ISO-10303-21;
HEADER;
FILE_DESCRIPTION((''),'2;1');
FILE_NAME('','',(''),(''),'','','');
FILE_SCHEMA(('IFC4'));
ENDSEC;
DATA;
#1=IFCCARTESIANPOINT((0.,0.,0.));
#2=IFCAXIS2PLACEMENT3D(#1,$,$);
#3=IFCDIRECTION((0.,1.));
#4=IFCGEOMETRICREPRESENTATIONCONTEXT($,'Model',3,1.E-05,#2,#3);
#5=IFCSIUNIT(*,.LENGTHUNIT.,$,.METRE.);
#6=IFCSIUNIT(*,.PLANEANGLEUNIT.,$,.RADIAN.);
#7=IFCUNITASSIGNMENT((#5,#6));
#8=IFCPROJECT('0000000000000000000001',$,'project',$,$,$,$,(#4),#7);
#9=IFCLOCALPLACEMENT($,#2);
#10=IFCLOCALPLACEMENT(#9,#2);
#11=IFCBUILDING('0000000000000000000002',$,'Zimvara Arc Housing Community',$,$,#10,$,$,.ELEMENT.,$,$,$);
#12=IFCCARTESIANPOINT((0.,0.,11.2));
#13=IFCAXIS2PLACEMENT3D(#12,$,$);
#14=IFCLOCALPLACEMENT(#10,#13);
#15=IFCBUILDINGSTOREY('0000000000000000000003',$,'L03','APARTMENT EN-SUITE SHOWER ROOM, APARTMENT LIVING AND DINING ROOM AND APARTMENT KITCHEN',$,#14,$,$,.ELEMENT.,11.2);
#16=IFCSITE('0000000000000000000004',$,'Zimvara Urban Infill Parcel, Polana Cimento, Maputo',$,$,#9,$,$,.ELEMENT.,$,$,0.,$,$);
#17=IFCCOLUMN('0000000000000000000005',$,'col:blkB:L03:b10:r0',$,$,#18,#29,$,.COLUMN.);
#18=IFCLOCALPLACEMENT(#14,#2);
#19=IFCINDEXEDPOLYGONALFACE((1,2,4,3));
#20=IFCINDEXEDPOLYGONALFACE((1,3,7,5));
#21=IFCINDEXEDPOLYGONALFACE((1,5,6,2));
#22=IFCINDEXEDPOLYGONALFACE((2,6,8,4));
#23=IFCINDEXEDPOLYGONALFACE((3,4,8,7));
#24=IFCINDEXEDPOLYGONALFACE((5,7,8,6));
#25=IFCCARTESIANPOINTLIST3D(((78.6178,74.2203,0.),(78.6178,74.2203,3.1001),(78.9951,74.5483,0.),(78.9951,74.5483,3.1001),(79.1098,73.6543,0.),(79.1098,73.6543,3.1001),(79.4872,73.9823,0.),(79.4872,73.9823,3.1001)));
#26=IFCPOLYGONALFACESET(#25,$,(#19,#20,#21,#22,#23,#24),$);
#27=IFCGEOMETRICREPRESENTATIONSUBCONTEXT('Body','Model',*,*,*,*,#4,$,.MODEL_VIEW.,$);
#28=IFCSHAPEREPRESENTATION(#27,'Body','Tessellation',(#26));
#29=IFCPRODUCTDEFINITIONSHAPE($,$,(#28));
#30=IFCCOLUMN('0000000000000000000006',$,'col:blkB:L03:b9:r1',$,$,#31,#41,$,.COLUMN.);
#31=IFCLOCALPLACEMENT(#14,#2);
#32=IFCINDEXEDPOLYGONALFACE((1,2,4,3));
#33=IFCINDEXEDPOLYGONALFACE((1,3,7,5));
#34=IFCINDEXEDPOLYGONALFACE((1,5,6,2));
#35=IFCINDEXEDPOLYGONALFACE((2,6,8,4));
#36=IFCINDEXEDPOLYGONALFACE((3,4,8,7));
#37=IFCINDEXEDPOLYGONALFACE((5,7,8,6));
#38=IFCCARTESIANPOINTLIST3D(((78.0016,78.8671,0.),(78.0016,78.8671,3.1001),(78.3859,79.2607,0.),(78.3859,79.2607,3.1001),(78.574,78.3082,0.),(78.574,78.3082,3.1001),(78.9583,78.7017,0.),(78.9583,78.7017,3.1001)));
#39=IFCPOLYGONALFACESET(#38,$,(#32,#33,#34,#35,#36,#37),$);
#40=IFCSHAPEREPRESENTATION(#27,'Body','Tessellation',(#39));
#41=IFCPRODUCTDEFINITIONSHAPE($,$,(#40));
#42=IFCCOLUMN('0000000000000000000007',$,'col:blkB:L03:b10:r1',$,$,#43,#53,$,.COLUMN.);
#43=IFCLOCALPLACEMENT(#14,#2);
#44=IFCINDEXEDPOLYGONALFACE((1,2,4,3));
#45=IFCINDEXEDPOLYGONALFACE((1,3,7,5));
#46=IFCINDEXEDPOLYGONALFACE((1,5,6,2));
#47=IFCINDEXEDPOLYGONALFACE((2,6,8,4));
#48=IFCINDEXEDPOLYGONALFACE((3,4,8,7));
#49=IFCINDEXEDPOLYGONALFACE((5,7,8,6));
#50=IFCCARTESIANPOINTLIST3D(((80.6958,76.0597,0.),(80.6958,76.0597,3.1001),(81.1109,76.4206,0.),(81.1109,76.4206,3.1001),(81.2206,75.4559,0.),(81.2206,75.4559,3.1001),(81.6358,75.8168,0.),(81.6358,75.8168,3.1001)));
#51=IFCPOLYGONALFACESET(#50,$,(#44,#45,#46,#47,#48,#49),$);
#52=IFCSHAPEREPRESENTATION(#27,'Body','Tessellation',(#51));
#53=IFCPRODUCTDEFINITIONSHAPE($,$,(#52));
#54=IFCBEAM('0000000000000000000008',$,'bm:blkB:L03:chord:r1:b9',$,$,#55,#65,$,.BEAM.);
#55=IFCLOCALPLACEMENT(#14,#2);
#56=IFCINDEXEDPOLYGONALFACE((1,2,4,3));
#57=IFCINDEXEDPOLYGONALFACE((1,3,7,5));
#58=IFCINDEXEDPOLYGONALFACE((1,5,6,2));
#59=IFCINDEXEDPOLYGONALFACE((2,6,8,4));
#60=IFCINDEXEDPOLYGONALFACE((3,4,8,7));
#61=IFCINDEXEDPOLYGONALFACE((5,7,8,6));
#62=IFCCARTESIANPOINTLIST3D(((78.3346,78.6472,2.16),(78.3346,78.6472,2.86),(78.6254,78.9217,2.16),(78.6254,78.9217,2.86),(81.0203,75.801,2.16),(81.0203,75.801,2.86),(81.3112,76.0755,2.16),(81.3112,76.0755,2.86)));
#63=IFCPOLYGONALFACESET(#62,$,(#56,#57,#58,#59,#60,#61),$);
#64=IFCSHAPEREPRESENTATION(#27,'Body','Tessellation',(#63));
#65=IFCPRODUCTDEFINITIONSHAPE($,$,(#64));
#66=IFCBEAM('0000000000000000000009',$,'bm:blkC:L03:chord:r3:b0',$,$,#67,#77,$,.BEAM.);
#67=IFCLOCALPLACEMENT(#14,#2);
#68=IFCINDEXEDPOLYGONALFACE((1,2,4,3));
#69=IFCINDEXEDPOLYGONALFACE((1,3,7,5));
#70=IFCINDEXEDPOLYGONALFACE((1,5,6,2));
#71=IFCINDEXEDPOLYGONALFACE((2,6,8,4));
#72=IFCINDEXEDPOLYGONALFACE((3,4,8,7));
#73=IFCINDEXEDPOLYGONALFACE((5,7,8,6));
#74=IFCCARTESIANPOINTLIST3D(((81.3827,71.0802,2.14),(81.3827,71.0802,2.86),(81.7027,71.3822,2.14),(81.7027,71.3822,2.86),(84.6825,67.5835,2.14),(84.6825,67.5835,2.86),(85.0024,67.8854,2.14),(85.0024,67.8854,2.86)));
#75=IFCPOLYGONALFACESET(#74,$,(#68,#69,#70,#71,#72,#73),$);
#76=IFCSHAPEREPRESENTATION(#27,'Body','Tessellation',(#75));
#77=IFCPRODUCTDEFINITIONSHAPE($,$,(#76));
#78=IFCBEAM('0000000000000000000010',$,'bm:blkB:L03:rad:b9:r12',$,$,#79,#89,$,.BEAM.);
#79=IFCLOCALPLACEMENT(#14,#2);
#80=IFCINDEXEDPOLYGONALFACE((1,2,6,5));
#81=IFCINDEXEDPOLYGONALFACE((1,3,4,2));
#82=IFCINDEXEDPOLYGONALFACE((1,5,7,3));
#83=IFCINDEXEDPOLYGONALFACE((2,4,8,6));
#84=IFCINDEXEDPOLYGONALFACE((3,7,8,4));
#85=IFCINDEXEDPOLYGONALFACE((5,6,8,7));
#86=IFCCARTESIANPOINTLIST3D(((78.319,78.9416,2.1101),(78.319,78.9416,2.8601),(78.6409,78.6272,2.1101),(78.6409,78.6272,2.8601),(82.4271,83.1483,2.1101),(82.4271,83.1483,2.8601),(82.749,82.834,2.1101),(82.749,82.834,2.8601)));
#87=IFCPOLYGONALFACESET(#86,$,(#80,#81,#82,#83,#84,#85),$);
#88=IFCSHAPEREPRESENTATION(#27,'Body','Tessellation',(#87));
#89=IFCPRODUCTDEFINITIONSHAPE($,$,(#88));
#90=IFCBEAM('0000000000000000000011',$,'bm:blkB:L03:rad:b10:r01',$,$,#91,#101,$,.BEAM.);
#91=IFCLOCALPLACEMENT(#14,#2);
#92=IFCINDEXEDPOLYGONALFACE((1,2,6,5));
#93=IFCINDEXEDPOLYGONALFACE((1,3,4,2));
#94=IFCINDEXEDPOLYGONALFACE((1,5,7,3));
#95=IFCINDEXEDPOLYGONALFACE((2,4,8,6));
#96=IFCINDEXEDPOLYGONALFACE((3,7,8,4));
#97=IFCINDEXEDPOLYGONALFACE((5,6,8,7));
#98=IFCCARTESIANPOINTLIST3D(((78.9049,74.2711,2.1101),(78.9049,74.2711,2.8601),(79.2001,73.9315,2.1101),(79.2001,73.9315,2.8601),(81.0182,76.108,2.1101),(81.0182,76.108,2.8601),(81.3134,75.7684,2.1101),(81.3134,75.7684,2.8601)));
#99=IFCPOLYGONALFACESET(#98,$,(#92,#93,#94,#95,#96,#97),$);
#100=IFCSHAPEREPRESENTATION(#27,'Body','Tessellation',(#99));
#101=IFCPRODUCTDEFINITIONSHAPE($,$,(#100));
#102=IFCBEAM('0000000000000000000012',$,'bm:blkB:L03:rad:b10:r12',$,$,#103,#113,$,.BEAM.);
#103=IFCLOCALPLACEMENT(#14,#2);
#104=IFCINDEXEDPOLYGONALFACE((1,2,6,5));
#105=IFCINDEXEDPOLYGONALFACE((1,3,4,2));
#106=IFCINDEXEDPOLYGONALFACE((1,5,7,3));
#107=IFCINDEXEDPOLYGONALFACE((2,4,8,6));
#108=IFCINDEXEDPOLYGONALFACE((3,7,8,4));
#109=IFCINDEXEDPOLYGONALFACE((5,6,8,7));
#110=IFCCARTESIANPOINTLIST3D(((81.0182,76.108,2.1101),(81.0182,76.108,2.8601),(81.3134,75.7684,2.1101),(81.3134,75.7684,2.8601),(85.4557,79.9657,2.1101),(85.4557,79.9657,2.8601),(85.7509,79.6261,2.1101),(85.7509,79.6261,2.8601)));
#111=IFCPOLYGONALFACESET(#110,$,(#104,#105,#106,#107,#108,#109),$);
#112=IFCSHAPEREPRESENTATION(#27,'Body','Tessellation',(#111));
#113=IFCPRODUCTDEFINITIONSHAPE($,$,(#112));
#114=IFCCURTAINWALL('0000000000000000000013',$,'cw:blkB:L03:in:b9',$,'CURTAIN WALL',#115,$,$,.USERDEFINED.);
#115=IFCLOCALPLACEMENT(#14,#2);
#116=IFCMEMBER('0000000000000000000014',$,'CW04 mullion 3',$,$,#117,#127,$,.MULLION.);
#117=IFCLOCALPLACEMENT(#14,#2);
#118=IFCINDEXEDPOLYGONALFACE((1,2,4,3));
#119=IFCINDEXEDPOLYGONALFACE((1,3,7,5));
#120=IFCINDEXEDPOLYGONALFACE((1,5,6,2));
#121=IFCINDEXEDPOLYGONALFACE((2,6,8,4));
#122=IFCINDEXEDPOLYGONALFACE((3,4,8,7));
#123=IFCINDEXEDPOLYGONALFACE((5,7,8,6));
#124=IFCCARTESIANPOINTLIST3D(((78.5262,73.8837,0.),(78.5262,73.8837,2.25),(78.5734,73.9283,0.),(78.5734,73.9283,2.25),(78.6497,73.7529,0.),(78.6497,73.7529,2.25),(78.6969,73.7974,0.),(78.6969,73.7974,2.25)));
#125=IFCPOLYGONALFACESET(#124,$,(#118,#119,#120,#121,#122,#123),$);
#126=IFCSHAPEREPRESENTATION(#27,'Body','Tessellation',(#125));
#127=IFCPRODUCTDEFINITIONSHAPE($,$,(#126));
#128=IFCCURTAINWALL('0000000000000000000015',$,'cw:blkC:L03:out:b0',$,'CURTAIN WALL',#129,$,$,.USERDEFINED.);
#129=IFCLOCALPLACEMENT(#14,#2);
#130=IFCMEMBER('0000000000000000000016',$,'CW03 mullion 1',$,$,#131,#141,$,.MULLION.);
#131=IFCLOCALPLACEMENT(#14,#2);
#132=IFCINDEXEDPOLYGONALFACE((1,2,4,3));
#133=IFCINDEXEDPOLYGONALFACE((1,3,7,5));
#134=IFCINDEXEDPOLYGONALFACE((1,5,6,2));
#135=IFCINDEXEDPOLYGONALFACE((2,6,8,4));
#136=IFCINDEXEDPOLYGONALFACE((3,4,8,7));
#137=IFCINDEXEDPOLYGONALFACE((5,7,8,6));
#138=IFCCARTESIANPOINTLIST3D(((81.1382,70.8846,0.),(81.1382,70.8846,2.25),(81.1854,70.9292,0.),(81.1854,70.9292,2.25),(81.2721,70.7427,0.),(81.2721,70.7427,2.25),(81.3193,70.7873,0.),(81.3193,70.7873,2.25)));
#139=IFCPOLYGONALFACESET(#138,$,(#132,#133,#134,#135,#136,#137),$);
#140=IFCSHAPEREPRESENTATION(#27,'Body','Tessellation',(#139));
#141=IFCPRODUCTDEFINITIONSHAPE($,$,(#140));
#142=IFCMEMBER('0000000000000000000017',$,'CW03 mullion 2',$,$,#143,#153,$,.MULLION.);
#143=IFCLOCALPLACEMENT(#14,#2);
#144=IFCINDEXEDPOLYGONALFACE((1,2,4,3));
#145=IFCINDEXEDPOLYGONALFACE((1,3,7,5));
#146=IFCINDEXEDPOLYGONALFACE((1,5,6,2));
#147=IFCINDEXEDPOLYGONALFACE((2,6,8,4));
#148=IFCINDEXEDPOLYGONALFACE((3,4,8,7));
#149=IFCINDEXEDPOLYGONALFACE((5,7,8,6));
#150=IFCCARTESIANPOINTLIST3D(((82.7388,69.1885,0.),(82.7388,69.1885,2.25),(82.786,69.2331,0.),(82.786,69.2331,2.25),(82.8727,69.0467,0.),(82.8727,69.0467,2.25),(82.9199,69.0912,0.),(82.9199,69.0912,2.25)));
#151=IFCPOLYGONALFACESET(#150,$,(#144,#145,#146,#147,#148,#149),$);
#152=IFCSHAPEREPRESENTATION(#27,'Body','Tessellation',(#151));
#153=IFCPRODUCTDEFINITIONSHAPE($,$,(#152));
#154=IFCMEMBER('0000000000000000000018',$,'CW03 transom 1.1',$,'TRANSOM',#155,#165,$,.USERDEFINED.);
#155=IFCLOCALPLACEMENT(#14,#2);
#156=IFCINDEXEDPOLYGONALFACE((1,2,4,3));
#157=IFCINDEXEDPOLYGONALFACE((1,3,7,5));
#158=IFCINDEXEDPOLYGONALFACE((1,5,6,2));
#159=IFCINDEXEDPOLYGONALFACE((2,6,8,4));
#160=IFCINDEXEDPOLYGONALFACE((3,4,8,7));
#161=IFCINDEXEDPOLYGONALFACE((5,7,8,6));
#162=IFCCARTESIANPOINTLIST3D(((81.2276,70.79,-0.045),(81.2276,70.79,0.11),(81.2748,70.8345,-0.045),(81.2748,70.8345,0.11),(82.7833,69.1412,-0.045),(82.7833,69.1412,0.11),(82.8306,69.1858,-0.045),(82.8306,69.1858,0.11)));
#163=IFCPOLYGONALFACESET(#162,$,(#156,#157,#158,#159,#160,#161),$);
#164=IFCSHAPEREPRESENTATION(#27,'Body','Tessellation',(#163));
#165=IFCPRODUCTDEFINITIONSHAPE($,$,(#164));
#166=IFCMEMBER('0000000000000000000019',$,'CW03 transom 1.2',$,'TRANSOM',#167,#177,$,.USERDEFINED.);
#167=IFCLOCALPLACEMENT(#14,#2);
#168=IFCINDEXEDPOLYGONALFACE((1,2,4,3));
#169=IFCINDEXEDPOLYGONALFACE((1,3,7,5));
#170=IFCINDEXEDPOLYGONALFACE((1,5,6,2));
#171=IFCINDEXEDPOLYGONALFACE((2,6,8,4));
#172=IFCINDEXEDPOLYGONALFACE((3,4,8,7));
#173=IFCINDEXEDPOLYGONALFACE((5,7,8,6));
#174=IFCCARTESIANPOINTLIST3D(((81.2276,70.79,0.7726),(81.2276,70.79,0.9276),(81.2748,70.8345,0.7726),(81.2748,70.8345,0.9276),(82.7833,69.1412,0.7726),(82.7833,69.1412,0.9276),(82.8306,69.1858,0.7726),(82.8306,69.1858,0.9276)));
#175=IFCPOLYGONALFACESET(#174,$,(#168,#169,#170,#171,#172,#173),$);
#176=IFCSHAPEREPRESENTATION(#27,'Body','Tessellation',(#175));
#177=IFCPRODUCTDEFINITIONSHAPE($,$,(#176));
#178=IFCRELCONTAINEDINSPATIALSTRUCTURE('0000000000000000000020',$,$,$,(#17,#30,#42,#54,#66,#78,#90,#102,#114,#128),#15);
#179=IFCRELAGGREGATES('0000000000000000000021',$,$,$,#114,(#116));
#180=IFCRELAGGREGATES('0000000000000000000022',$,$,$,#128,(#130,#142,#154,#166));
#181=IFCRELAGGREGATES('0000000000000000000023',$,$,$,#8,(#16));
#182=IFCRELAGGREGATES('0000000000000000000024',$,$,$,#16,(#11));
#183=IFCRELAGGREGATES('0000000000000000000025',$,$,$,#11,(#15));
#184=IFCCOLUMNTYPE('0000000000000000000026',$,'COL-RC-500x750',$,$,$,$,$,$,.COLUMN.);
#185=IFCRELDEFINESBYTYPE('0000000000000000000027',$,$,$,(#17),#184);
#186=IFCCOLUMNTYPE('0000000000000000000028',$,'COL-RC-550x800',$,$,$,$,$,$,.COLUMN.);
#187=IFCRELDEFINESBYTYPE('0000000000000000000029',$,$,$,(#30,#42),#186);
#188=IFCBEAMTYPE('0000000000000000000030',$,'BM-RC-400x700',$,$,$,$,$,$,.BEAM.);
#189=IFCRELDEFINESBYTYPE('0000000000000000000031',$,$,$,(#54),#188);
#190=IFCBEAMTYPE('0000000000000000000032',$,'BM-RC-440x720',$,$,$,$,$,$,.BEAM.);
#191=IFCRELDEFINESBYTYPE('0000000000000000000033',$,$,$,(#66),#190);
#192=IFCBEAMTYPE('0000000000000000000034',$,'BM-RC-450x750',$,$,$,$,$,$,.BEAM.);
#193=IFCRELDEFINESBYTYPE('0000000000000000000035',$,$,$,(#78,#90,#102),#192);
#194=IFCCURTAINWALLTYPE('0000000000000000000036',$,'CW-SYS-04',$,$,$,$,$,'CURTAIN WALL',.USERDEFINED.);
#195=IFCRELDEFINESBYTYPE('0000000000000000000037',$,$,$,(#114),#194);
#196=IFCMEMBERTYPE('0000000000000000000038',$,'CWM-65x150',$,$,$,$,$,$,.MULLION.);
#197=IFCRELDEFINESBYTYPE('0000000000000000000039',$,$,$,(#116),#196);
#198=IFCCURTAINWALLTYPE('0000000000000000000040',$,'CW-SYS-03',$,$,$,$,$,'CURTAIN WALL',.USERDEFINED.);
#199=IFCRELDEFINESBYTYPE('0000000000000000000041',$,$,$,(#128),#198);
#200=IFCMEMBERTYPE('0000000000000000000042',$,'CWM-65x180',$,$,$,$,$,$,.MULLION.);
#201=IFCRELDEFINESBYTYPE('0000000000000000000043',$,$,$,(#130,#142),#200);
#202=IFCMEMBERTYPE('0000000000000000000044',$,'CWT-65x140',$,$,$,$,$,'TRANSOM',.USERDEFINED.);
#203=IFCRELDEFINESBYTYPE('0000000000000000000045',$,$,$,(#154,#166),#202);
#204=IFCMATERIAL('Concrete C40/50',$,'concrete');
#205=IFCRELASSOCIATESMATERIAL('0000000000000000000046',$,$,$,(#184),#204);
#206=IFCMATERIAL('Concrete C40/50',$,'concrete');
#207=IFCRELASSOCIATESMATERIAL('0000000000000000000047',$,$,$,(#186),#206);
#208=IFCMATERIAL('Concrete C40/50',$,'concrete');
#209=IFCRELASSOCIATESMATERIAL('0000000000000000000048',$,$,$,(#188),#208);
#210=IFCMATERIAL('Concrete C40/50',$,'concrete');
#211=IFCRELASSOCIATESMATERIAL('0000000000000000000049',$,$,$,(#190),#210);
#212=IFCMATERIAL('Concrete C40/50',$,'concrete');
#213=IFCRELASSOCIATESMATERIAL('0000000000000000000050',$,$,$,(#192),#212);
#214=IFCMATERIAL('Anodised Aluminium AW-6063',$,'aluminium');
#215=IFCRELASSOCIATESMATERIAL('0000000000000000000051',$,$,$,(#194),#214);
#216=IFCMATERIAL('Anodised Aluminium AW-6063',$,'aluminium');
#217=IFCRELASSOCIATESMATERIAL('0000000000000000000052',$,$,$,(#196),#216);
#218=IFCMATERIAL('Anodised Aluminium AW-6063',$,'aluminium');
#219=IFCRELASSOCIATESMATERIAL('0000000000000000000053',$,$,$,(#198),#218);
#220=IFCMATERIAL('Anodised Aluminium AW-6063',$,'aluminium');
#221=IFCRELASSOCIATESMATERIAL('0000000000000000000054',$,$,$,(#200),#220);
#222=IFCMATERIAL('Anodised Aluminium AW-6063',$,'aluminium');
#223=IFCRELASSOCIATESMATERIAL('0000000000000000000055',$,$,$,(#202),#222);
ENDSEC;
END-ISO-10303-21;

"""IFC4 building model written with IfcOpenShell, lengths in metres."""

from ifc_helpers import new_model, si_unit, direction, frame, origin, origin_2d, place, context, subcontext, project, spatial, rectangle, extrude, material, material_profile, profile_set, type_object, element, aggregate, save


model = new_model("IFC4")

# Units and contexts
model_context = context("Model", 3, precision=1e-05, world=origin(), true_north=direction((0.0, 1.0)))
body_context = subcontext(model_context, "Body", "Model", "MODEL_VIEW")
ifc_project = project(units=[si_unit("LENGTHUNIT", "METRE"), si_unit("PLANEANGLEUNIT", "RADIAN")], contexts=[model_context])

# Site, building, storey
site_placement = place(None, origin())
site = spatial("IfcSite", under=ifc_project, at=site_placement, Name="Zimvara Urban Infill Parcel, Polana Cimento, Maputo", CompositionType="ELEMENT", RefElevation=0.0)
building_placement = place(site_placement, origin())
building = spatial("IfcBuilding", under=site, at=building_placement, Name="Zimvara Arc Housing Community", CompositionType="ELEMENT")
storey_placement = place(building_placement, frame((0.0, 0.0, 11.2)))
storey = spatial("IfcBuildingStorey", under=building, at=storey_placement, Name="L03", Description="APARTMENT EN-SUITE SHOWER ROOM, APARTMENT LIVING AND DINING ROOM AND APARTMENT KITCHEN", CompositionType="ELEMENT", Elevation=11.2)

# Columns
ifc_material_1 = material(Name="Concrete C40/50", Category="concrete")
ifc_material_profile_1 = material_profile(ifc_material_1, rectangle(XDim=0.5, YDim=0.75, at=origin_2d()), Name="RC 500x750")
ifc_profile_set_1 = profile_set([ifc_material_profile_1], Name="Concrete C40/50")
column_type_1 = type_object("IfcColumnType", Name="COL-RC-500x750", PredefinedType="COLUMN", material=ifc_profile_set_1)
column_1_placement = place(storey_placement, frame((79.0525, 74.1013, 0.0), z_axis=(0.0, 0.0, 1.0), x_axis=(0.75471, 0.656059, 0.0)))
element("IfcColumn", 1, at=column_1_placement, inside=storey, type_object=column_type_1, Name="col:blkB:L03:b10:r0", PredefinedType="COLUMN", context=body_context, shape_type="SweptSolid", body=[
    extrude(rectangle(XDim=0.5, YDim=0.75, at=origin_2d()), origin(), (0.0, 0.0, 1.0), 3.1001),
])
ifc_material_2 = material(Name="Concrete C40/50", Category="concrete")
ifc_material_profile_2 = material_profile(ifc_material_2, rectangle(XDim=0.55, YDim=0.8, at=origin_2d()), Name="RC 550x800")
ifc_profile_set_2 = profile_set([ifc_material_profile_2], Name="Concrete C40/50")
column_type_2 = type_object("IfcColumnType", Name="COL-RC-550x800", PredefinedType="COLUMN", material=ifc_profile_set_2)
for number, where, z_axis, x_axis, name in (
    (2, (78.48, 78.7844, 0.0), (0.0, 0.0, 1.0), (0.698665, 0.715449, 0.0), "col:blkB:L03:b9:r1"),
    (3, (81.1658, 75.9382, 0.0), (0.0, 0.0, 1.0), (0.75471, 0.656059, 0.0), "col:blkB:L03:b10:r1"),
):
    element("IfcColumn", number, at=place(storey_placement, frame(where, z_axis=z_axis, x_axis=x_axis)), inside=storey, type_object=column_type_2, Name=name, PredefinedType="COLUMN", context=body_context, shape_type="SweptSolid", body=[
        extrude(rectangle(XDim=0.55, YDim=0.8, at=origin_2d()), origin(), (0.0, 0.0, 1.0), 3.1001),
    ])

# Beams
ifc_material_3 = material(Name="Concrete C40/50", Category="concrete")
ifc_material_profile_3 = material_profile(ifc_material_3, rectangle(XDim=0.3999, YDim=0.7, at=origin_2d()), Name="RC 400x700")
ifc_profile_set_3 = profile_set([ifc_material_profile_3], Name="Concrete C40/50")
beam_type_1 = type_object("IfcBeamType", Name="BM-RC-400x700", PredefinedType="BEAM", material=ifc_profile_set_3)
beam_1_placement = place(storey_placement, frame((78.48, 78.7844, 2.51), z_axis=(0.686316, -0.727304, 0.0), x_axis=(0.727304, 0.686316, 0.0)))
element("IfcBeam", 4, at=beam_1_placement, inside=storey, type_object=beam_type_1, Name="bm:blkB:L03:chord:r1:b9", PredefinedType="BEAM", context=body_context, shape_type="SweptSolid", body=[
    extrude(rectangle(XDim=0.3999, YDim=0.7, at=origin_2d()), origin(), (0.0, 0.0, 1.0), 3.9133),
])
ifc_material_4 = material(Name="Concrete C40/50", Category="concrete")
ifc_material_profile_4 = material_profile(ifc_material_4, rectangle(XDim=0.4399, YDim=0.72, at=origin_2d()), Name="RC 440x720")
ifc_profile_set_4 = profile_set([ifc_material_profile_4], Name="Concrete C40/50")
beam_type_2 = type_object("IfcBeamType", Name="BM-RC-440x720", PredefinedType="BEAM", material=ifc_profile_set_4)
beam_2_placement = place(storey_placement, frame((81.5427, 71.2312, 2.5), z_axis=(0.686321, -0.727299, 0.0), x_axis=(0.727299, 0.686321, 0.0)))
element("IfcBeam", 5, at=beam_2_placement, inside=storey, type_object=beam_type_2, Name="bm:blkC:L03:chord:r3:b0", PredefinedType="BEAM", context=body_context, shape_type="SweptSolid", body=[
    extrude(rectangle(XDim=0.4399, YDim=0.72, at=origin_2d()), origin(), (0.0, 0.0, 1.0), 4.8079),
])
ifc_material_5 = material(Name="Concrete C40/50", Category="concrete")
ifc_material_profile_5 = material_profile(ifc_material_5, rectangle(XDim=0.45, YDim=0.75, at=origin_2d()), Name="RC 450x750")
ifc_profile_set_5 = profile_set([ifc_material_profile_5], Name="Concrete C40/50")
beam_type_3 = type_object("IfcBeamType", Name="BM-RC-450x750", PredefinedType="BEAM", material=ifc_profile_set_5)
beam_3_placement = place(storey_placement, frame((78.48, 78.7844, 2.4851), z_axis=(0.69867, 0.715444, 0.0), x_axis=(-0.715444, 0.69867, 0.0)))
element("IfcBeam", 6, at=beam_3_placement, inside=storey, type_object=beam_type_3, Name="bm:blkB:L03:rad:b9:r12", PredefinedType="BEAM", context=body_context, shape_type="SweptSolid", body=[
    extrude(rectangle(XDim=0.45, YDim=0.75, at=origin_2d()), origin(), (0.0, 0.0, 1.0), 5.8799),
])
beam_4_placement = place(storey_placement, frame((79.0525, 74.1013, 2.4851), z_axis=(0.754733, 0.656032, 0.0), x_axis=(-0.656032, 0.754733, 0.0)))
element("IfcBeam", 7, at=beam_4_placement, inside=storey, type_object=beam_type_3, Name="bm:blkB:L03:rad:b10:r01", PredefinedType="BEAM", context=body_context, shape_type="SweptSolid", body=[
    extrude(rectangle(XDim=0.45, YDim=0.75, at=origin_2d()), origin(), (0.0, 0.0, 1.0), 2.8),
])
beam_5_placement = place(storey_placement, frame((81.1658, 75.9382, 2.4851), z_axis=(0.754692, 0.656079, 0.0), x_axis=(-0.656079, 0.754692, 0.0)))
element("IfcBeam", 8, at=beam_5_placement, inside=storey, type_object=beam_type_3, Name="bm:blkB:L03:rad:b10:r12", PredefinedType="BEAM", context=body_context, shape_type="SweptSolid", body=[
    extrude(rectangle(XDim=0.45, YDim=0.75, at=origin_2d()), origin(), (0.0, 0.0, 1.0), 5.8799),
])

# Curtain wall, member
ifc_material_6 = material(Name="Anodised Aluminium AW-6063", Category="aluminium")
curtain_wall_type_1 = type_object("IfcCurtainWallType", Name="CW-SYS-04", ElementType="CURTAIN WALL", PredefinedType="USERDEFINED", material=ifc_material_6)
curtain_wall_1_placement = place(storey_placement, origin())
curtain_wall_1 = element("IfcCurtainWall", 9, at=curtain_wall_1_placement, inside=storey, type_object=curtain_wall_type_1, Name="cw:blkB:L03:in:b9", ObjectType="CURTAIN WALL", PredefinedType="USERDEFINED")
ifc_material_7 = material(Name="Anodised Aluminium AW-6063", Category="aluminium")
ifc_material_profile_6 = material_profile(ifc_material_7, rectangle(XDim=0.0649, YDim=0.1799, at=origin_2d()), Name="ALU 65x180")
ifc_profile_set_6 = profile_set([ifc_material_profile_6], Name="Anodised Aluminium AW-6063")
member_type_1 = type_object("IfcMemberType", Name="CWM-65x150", PredefinedType="MULLION", material=ifc_profile_set_6)
member_1_placement = place(storey_placement, frame((78.6116, 73.8406, 0.0), z_axis=(0.0, 0.0, 1.0), x_axis=(0.727293, 0.686327, 0.0)))
member_1 = element("IfcMember", 10, at=member_1_placement, type_object=member_type_1, Name="CW04 mullion 3", PredefinedType="MULLION", context=body_context, shape_type="SweptSolid", body=[
    extrude(rectangle(XDim=0.0649, YDim=0.1799, at=origin_2d()), origin(), (0.0, 0.0, 1.0), 2.25),
])

# Curtain wall, members
ifc_material_8 = material(Name="Anodised Aluminium AW-6063", Category="aluminium")
curtain_wall_type_2 = type_object("IfcCurtainWallType", Name="CW-SYS-03", ElementType="CURTAIN WALL", PredefinedType="USERDEFINED", material=ifc_material_8)
curtain_wall_2_placement = place(storey_placement, origin())
curtain_wall_2 = element("IfcCurtainWall", 11, at=curtain_wall_2_placement, inside=storey, type_object=curtain_wall_type_2, Name="cw:blkC:L03:out:b0", ObjectType="CURTAIN WALL", PredefinedType="USERDEFINED")
ifc_material_9 = material(Name="Anodised Aluminium AW-6063", Category="aluminium")
ifc_material_profile_7 = material_profile(ifc_material_9, rectangle(XDim=0.0649, YDim=0.1951, at=origin_2d()), Name="ALU 65x195")
ifc_profile_set_7 = profile_set([ifc_material_profile_7], Name="Anodised Aluminium AW-6063")
member_type_2 = type_object("IfcMemberType", Name="CWM-65x180", PredefinedType="MULLION", material=ifc_profile_set_7)
member_2_placement = place(storey_placement, frame((81.2288, 70.8359, 0.0), z_axis=(0.0, 0.0, 1.0), x_axis=(0.727294, 0.686326, 0.0)))
member_2 = element("IfcMember", 12, at=member_2_placement, type_object=member_type_2, Name="CW03 mullion 1", PredefinedType="MULLION", context=body_context, shape_type="SweptSolid", body=[
    extrude(rectangle(XDim=0.0649, YDim=0.1951, at=origin_2d()), origin(), (0.0, 0.0, 1.0), 2.25),
])
member_3_placement = place(storey_placement, frame((82.8293, 69.1399, 0.0), z_axis=(0.0, 0.0, 1.0), x_axis=(0.727294, 0.686326, 0.0)))
member_3 = element("IfcMember", 13, at=member_3_placement, type_object=member_type_2, Name="CW03 mullion 2", PredefinedType="MULLION", context=body_context, shape_type="SweptSolid", body=[
    extrude(rectangle(XDim=0.0649, YDim=0.1951, at=origin_2d()), origin(), (0.0, 0.0, 1.0), 2.25),
])
ifc_material_10 = material(Name="Anodised Aluminium AW-6063", Category="aluminium")
ifc_material_profile_8 = material_profile(ifc_material_10, rectangle(XDim=0.0649, YDim=0.155, at=origin_2d()), Name="ALU 65x155")
ifc_profile_set_8 = profile_set([ifc_material_profile_8], Name="Anodised Aluminium AW-6063")
member_type_3 = type_object("IfcMemberType", Name="CWT-65x140", ElementType="TRANSOM", PredefinedType="USERDEFINED", material=ifc_profile_set_8)
member_4_placement = place(storey_placement, frame((81.2512, 70.8123, 0.0325), z_axis=(0.686291, -0.727327, 0.0), x_axis=(0.727327, 0.686291, 0.0)))
member_4 = element("IfcMember", 14, at=member_4_placement, type_object=member_type_3, Name="CW03 transom 1.1", ObjectType="TRANSOM", PredefinedType="USERDEFINED", context=body_context, shape_type="SweptSolid", body=[
    extrude(rectangle(XDim=0.0649, YDim=0.155, at=origin_2d()), origin(), (0.0, 0.0, 1.0), 2.2668),
])
member_5_placement = place(storey_placement, frame((81.2512, 70.8123, 0.8501), z_axis=(0.686291, -0.727327, 0.0), x_axis=(0.727327, 0.686291, 0.0)))
member_5 = element("IfcMember", 15, at=member_5_placement, type_object=member_type_3, Name="CW03 transom 1.2", ObjectType="TRANSOM", PredefinedType="USERDEFINED", context=body_context, shape_type="SweptSolid", body=[
    extrude(rectangle(XDim=0.0649, YDim=0.155, at=origin_2d()), origin(), (0.0, 0.0, 1.0), 2.2668),
])

aggregate(curtain_wall_1, [member_1])
aggregate(curtain_wall_2, [member_2, member_3, member_4, member_5])

save(model, "model.ifc")
